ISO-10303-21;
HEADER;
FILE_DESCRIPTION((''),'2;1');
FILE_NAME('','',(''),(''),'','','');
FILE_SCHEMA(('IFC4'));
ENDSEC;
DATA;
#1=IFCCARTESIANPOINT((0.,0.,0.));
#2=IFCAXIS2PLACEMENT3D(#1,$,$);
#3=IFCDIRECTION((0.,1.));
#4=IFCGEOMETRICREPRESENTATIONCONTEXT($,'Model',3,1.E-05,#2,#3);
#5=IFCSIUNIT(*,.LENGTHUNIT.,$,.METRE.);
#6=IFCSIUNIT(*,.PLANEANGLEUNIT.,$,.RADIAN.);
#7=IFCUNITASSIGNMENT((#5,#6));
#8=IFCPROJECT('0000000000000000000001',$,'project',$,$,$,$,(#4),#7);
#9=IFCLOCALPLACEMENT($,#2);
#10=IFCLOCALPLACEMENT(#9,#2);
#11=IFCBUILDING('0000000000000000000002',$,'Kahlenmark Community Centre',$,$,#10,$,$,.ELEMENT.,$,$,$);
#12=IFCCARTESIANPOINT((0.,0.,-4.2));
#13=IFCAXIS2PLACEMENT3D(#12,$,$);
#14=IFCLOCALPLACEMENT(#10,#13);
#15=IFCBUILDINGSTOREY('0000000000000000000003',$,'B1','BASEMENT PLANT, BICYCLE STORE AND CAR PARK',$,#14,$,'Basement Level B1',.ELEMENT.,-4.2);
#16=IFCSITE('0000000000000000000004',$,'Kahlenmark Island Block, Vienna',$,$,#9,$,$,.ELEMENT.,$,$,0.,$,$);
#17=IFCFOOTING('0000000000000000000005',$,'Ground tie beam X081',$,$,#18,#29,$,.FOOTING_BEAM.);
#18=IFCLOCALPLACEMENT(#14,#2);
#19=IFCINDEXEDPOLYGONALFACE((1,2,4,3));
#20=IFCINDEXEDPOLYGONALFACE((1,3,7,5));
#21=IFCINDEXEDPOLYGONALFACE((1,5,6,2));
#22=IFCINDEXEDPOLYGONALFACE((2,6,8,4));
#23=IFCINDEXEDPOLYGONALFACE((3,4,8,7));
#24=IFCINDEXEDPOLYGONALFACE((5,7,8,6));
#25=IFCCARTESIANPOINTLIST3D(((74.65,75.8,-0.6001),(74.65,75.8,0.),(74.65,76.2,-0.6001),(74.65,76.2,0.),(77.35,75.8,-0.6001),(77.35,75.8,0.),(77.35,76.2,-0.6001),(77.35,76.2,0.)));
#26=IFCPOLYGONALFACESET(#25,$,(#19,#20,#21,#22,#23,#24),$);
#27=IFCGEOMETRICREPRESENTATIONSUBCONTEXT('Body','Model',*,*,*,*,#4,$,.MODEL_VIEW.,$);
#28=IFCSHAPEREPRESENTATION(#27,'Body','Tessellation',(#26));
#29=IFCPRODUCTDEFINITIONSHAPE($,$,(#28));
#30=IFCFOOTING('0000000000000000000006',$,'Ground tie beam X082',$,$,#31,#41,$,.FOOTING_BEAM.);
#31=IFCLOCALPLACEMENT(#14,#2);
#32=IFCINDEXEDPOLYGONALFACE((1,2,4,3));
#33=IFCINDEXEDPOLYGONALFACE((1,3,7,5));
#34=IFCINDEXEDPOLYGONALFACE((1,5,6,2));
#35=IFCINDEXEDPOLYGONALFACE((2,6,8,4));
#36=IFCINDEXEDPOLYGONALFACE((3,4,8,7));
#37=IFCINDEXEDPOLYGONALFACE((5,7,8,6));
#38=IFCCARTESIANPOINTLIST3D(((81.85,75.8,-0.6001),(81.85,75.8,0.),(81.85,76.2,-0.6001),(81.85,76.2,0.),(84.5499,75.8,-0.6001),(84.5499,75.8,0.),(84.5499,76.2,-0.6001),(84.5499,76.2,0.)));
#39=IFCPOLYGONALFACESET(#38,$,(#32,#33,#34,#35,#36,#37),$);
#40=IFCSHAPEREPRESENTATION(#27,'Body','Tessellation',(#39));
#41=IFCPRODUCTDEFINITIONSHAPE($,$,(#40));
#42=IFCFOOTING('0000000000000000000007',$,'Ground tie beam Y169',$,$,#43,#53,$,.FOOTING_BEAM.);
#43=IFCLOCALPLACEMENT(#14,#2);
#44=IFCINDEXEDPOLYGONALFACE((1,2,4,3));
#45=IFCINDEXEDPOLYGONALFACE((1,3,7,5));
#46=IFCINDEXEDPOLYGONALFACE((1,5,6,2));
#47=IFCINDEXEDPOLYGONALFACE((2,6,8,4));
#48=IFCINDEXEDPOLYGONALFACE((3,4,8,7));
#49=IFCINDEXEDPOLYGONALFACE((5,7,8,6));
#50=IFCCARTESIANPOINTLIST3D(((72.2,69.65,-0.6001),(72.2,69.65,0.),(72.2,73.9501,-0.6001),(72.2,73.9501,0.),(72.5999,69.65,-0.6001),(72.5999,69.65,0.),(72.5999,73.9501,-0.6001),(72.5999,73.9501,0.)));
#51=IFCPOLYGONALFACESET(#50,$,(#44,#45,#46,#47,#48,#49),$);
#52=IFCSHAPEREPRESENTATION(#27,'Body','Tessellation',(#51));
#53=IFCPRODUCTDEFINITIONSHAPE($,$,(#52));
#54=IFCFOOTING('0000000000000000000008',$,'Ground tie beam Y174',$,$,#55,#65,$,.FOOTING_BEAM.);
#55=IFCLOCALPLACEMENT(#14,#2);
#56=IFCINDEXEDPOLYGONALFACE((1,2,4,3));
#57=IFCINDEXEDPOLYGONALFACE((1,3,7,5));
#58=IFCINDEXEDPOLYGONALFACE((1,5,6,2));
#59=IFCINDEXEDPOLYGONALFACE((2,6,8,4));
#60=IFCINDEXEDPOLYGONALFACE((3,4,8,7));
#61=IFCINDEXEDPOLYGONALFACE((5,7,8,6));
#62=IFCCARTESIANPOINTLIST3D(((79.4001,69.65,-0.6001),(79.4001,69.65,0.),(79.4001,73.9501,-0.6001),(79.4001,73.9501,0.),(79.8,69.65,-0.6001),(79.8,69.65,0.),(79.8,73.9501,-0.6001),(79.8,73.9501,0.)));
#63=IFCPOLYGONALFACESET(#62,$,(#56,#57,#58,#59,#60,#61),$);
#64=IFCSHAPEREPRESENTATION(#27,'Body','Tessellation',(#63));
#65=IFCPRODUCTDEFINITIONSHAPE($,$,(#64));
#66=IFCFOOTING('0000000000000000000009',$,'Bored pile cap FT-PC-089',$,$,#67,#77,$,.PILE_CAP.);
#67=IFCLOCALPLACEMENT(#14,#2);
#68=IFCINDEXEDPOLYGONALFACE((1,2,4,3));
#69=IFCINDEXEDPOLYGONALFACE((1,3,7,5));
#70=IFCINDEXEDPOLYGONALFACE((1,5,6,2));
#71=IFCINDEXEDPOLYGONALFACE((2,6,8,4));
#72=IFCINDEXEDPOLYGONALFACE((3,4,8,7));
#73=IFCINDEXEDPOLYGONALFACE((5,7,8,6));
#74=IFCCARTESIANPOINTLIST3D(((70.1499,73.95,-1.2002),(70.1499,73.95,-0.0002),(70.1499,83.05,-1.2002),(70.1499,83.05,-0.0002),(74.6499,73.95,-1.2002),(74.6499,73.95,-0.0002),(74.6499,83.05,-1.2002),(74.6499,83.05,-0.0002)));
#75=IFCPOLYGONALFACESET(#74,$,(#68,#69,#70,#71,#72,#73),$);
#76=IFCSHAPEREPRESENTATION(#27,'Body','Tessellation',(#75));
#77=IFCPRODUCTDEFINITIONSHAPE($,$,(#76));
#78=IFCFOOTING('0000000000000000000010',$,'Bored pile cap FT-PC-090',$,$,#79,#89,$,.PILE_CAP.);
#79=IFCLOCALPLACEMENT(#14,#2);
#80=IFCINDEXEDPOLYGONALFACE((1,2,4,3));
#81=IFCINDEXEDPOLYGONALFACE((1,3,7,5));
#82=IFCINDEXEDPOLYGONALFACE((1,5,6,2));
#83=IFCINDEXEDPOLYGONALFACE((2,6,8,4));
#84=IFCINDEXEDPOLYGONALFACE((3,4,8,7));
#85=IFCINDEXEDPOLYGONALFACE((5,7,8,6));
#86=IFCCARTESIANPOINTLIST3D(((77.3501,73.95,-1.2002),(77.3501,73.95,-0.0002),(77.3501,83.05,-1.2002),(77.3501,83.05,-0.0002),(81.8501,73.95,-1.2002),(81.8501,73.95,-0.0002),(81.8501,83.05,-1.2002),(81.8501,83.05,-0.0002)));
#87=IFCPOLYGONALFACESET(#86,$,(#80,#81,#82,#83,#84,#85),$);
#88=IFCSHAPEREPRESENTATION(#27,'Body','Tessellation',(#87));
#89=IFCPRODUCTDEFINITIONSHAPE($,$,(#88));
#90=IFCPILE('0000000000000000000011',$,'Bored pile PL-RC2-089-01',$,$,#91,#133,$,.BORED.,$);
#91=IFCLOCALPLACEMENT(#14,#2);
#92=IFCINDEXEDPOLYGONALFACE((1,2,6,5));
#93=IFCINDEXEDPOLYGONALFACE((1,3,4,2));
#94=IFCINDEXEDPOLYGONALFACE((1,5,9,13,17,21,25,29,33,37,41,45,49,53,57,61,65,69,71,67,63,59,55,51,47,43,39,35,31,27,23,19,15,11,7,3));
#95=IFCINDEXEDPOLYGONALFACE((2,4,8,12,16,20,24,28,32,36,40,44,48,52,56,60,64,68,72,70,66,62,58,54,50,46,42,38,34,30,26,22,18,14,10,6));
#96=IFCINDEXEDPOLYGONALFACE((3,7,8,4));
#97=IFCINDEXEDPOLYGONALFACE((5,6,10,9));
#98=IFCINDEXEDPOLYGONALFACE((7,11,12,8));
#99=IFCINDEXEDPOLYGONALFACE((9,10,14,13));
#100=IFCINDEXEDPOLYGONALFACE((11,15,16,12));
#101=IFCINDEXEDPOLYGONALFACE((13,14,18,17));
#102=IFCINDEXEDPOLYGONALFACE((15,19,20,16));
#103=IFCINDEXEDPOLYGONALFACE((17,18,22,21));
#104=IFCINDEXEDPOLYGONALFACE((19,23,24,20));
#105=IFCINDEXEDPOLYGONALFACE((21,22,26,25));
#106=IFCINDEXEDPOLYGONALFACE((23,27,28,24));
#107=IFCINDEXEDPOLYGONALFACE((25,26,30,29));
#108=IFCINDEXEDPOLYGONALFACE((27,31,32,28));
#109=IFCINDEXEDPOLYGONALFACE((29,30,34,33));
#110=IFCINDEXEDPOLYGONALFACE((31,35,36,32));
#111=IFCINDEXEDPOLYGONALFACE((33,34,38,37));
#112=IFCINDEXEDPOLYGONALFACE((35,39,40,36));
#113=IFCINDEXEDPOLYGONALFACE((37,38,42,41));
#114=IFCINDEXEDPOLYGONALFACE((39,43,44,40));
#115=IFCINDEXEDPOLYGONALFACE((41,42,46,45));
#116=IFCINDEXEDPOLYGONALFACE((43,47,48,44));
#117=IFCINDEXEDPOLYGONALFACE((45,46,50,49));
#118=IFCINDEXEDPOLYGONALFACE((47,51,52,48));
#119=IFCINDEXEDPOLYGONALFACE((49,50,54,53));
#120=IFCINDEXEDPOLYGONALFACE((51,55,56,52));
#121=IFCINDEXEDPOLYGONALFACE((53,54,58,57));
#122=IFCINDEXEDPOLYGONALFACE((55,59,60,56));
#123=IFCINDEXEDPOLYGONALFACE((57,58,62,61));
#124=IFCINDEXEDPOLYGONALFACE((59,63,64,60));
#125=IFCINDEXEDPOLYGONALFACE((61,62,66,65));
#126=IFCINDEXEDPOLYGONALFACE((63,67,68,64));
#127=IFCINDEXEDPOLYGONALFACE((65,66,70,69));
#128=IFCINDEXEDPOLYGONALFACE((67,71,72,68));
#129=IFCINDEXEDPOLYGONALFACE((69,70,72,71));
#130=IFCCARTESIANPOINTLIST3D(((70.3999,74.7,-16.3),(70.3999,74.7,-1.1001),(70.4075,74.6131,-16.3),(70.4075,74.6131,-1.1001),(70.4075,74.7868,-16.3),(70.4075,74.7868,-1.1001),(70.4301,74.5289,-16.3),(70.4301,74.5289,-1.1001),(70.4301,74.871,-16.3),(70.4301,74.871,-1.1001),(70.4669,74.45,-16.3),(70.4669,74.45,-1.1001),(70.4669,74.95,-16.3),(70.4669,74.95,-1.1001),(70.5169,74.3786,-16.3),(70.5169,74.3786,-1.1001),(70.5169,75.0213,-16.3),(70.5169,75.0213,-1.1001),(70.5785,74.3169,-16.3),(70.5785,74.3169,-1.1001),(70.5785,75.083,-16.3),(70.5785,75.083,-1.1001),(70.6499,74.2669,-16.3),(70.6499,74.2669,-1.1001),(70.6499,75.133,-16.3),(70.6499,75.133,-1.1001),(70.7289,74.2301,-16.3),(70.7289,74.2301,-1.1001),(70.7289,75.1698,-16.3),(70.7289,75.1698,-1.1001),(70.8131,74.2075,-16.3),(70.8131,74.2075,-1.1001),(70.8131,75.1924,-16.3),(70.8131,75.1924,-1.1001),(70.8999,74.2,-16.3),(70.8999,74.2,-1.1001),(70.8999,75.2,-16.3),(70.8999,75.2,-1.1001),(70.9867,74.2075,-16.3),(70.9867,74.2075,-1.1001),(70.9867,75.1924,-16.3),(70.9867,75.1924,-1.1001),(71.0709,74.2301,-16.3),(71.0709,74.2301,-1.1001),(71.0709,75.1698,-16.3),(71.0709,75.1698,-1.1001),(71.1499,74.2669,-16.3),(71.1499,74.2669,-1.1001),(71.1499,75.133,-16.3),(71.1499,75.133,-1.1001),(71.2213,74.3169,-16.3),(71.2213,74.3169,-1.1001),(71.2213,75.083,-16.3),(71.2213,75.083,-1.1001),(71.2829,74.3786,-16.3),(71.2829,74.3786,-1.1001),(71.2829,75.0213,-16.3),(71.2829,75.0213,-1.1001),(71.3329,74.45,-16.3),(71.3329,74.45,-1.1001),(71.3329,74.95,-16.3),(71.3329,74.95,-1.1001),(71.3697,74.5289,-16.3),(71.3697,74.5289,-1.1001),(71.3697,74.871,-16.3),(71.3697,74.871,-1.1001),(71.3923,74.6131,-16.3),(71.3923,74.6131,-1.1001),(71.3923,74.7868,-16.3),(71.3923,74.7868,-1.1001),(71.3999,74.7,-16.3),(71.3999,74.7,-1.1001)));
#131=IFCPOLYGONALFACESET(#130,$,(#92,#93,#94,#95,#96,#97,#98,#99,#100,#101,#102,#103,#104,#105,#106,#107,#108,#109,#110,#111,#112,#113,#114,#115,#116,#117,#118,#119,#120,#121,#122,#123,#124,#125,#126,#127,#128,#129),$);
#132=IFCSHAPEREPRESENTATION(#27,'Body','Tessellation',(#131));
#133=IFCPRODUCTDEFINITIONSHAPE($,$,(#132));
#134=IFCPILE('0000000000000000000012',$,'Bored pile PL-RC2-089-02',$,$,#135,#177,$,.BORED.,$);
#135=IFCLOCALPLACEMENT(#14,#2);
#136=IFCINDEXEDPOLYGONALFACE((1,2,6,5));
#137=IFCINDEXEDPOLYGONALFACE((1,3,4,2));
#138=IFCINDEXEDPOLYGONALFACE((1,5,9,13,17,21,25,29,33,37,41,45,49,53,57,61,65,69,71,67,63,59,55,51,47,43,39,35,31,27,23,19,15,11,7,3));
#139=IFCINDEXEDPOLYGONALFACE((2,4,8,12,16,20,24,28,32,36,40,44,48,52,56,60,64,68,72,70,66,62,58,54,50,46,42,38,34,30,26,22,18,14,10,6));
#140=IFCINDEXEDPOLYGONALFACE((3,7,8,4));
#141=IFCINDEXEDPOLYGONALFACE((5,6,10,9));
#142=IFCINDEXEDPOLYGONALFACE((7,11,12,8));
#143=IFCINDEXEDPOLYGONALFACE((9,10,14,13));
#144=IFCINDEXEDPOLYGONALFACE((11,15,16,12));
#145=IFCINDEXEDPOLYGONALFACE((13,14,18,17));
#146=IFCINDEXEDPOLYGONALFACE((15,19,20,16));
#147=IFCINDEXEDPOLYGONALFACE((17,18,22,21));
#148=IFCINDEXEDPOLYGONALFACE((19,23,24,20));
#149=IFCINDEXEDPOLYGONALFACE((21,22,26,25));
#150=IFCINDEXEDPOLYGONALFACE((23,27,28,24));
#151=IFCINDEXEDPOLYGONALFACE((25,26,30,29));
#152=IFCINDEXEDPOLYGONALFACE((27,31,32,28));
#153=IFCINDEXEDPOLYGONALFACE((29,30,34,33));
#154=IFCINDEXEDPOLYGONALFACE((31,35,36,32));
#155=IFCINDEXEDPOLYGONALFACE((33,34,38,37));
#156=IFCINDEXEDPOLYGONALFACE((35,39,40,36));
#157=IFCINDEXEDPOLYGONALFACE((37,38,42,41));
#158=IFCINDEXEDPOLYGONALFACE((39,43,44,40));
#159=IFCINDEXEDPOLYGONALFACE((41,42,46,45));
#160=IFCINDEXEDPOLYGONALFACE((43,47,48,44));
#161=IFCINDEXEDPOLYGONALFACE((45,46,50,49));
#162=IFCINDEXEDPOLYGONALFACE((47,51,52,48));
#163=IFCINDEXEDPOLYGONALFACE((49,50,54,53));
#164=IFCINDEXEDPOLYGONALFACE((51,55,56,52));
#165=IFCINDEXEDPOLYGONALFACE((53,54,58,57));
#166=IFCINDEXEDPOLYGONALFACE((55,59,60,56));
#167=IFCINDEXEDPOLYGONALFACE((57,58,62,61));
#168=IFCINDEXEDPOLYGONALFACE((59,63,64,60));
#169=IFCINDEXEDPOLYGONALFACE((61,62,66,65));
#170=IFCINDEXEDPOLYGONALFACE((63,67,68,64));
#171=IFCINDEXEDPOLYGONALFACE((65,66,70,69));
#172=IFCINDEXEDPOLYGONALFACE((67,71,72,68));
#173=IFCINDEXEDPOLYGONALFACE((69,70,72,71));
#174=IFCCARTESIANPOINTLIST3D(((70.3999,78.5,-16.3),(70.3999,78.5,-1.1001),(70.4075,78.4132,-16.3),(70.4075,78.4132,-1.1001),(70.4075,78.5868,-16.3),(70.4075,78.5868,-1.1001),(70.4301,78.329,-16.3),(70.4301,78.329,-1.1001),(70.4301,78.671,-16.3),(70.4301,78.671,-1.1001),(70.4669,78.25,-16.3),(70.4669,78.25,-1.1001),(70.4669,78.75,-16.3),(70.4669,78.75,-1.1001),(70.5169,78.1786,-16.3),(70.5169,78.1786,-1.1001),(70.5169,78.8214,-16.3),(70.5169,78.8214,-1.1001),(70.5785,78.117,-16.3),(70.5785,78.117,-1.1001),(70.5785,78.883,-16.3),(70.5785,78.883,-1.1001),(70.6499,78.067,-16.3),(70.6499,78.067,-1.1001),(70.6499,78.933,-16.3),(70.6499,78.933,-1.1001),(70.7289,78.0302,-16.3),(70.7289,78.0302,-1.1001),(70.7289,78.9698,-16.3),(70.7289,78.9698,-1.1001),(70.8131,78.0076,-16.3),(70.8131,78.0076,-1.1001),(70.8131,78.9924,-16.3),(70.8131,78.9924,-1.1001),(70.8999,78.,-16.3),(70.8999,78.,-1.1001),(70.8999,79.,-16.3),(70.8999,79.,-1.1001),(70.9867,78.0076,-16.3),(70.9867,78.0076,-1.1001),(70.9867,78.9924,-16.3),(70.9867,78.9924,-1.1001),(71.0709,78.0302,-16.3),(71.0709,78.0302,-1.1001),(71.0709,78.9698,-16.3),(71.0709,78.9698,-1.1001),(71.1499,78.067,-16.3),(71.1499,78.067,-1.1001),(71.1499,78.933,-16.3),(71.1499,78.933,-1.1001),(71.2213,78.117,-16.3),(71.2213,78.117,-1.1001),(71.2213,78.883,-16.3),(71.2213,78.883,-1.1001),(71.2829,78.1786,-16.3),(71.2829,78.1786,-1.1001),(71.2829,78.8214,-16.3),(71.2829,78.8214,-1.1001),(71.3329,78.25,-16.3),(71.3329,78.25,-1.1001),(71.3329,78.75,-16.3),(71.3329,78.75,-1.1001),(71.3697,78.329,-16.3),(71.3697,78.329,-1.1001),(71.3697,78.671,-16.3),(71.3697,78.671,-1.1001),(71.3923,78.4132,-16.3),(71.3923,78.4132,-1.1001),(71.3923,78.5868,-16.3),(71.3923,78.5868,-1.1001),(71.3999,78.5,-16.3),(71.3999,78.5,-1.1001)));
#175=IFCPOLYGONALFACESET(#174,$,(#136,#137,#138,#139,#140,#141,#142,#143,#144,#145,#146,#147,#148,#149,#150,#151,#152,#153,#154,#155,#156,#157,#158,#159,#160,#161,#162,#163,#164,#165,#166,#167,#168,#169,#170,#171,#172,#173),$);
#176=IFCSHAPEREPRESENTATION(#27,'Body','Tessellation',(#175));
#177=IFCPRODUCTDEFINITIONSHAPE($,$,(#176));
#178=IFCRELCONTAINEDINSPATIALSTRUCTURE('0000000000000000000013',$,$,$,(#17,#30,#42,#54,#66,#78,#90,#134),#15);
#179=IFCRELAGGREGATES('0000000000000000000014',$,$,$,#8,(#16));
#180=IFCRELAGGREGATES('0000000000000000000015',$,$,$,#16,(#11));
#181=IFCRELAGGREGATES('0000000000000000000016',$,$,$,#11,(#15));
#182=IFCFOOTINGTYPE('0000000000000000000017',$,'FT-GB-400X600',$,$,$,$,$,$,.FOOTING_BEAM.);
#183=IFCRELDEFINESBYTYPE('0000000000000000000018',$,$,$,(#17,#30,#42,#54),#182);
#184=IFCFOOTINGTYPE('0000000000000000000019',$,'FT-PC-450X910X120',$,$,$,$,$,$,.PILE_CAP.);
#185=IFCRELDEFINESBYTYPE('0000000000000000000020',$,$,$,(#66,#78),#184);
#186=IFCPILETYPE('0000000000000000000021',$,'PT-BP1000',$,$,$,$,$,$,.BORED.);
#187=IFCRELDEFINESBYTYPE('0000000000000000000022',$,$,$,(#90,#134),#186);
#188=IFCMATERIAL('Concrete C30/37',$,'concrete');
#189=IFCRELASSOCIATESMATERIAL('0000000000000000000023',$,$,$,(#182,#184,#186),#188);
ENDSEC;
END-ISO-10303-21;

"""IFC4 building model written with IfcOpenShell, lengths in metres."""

from ifc_helpers import new_model, si_unit, direction, frame, origin, origin_2d, place, context, subcontext, project, spatial, rectangle, circle, extrude, material, material_profile, profile_set, type_object, element, save


model = new_model("IFC4")

# Units and contexts
model_context = context("Model", 3, precision=1e-05, world=origin(), true_north=direction((0.0, 1.0)))
body_context = subcontext(model_context, "Body", "Model", "MODEL_VIEW")
ifc_project = project(units=[si_unit("LENGTHUNIT", "METRE"), si_unit("PLANEANGLEUNIT", "RADIAN")], contexts=[model_context])

# Site, building, storey
site_placement = place(None, origin())
site = spatial("IfcSite", under=ifc_project, at=site_placement, Name="Kahlenmark Island Block, Vienna", CompositionType="ELEMENT", RefElevation=0.0)
building_placement = place(site_placement, origin())
building = spatial("IfcBuilding", under=site, at=building_placement, Name="Kahlenmark Community Centre", CompositionType="ELEMENT")
storey_placement = place(building_placement, frame((0.0, 0.0, -4.2)))
storey = spatial("IfcBuildingStorey", under=building, at=storey_placement, Name="B1", Description="BASEMENT PLANT, BICYCLE STORE AND CAR PARK", LongName="Basement Level B1", CompositionType="ELEMENT", Elevation=-4.2)

# Footings
ifc_material_1 = material(Name="Concrete C30/37", Category="concrete")
footing_type_1 = type_object("IfcFootingType", Name="FT-GB-400X600", PredefinedType="FOOTING_BEAM", material=ifc_material_1)
for number, where, z_axis, x_axis, name in (
    (1, (76.0, 76.0, -0.6001), (0.0, 0.0, 1.0), (1.0, 0.0, 0.0), "Ground tie beam X081"),
    (2, (83.2, 76.0, -0.6001), (0.0, 0.0, 1.0), (1.0, 0.0, 0.0), "Ground tie beam X082"),
):
    element("IfcFooting", number, at=place(storey_placement, frame(where, z_axis=z_axis, x_axis=x_axis)), inside=storey, type_object=footing_type_1, Name=name, PredefinedType="FOOTING_BEAM", context=body_context, shape_type="SweptSolid", body=[
        extrude(rectangle(XDim=2.7, YDim=0.3999, at=origin_2d()), origin(), (0.0, 0.0, 1.0), 0.6001),
    ])
for number, where, z_axis, x_axis, name in (
    (3, (72.3999, 71.8, -0.6001), (0.0, 0.0, 1.0), (1.0, 0.0, 0.0), "Ground tie beam Y169"),
    (4, (79.6001, 71.8, -0.6001), (0.0, 0.0, 1.0), (1.0, 0.0, 0.0), "Ground tie beam Y174"),
):
    element("IfcFooting", number, at=place(storey_placement, frame(where, z_axis=z_axis, x_axis=x_axis)), inside=storey, type_object=footing_type_1, Name=name, PredefinedType="FOOTING_BEAM", context=body_context, shape_type="SweptSolid", body=[
        extrude(rectangle(XDim=0.3999, YDim=4.3, at=origin_2d()), origin(), (0.0, 0.0, 1.0), 0.6001),
    ])
footing_type_2 = type_object("IfcFootingType", Name="FT-PC-450X910X120", PredefinedType="PILE_CAP", material=ifc_material_1)
for number, where, z_axis, x_axis, name in (
    (5, (72.3999, 78.5, -1.2002), (0.0, 0.0, 1.0), (1.0, 0.0, 0.0), "Bored pile cap FT-PC-089"),
    (6, (79.6001, 78.5, -1.2002), (0.0, 0.0, 1.0), (1.0, 0.0, 0.0), "Bored pile cap FT-PC-090"),
):
    element("IfcFooting", number, at=place(storey_placement, frame(where, z_axis=z_axis, x_axis=x_axis)), inside=storey, type_object=footing_type_2, Name=name, PredefinedType="PILE_CAP", context=body_context, shape_type="SweptSolid", body=[
        extrude(rectangle(XDim=4.5, YDim=9.1001, at=origin_2d()), origin(), (0.0, 0.0, 1.0), 1.2),
    ])

# Piles
ifc_material_profile_1 = material_profile(ifc_material_1, circle(Radius=0.5, at=origin_2d()), Name="BORED PILE 1000")
ifc_profile_set_1 = profile_set([ifc_material_profile_1], Name="Concrete C30/37")
pile_type_1 = type_object("IfcPileType", Name="PT-BP1000", PredefinedType="BORED", material=ifc_profile_set_1)
for number, where, z_axis, x_axis, name in (
    (7, (70.8999, 74.7, -1.1001), (0.0, 0.0, -1.0), (1.0, 0.0, 0.0), "Bored pile PL-RC2-089-01"),
    (8, (70.8999, 78.5, -1.1001), (0.0, 0.0, -1.0), (1.0, 0.0, 0.0), "Bored pile PL-RC2-089-02"),
):
    element("IfcPile", number, at=place(storey_placement, frame(where, z_axis=z_axis, x_axis=x_axis)), inside=storey, type_object=pile_type_1, Name=name, PredefinedType="BORED", context=body_context, shape_type="SweptSolid", body=[
        extrude(circle(Radius=0.5, at=origin_2d()), origin(), (0.0, 0.0, 1.0), 15.2),
    ])

save(model, "model.ifc")
